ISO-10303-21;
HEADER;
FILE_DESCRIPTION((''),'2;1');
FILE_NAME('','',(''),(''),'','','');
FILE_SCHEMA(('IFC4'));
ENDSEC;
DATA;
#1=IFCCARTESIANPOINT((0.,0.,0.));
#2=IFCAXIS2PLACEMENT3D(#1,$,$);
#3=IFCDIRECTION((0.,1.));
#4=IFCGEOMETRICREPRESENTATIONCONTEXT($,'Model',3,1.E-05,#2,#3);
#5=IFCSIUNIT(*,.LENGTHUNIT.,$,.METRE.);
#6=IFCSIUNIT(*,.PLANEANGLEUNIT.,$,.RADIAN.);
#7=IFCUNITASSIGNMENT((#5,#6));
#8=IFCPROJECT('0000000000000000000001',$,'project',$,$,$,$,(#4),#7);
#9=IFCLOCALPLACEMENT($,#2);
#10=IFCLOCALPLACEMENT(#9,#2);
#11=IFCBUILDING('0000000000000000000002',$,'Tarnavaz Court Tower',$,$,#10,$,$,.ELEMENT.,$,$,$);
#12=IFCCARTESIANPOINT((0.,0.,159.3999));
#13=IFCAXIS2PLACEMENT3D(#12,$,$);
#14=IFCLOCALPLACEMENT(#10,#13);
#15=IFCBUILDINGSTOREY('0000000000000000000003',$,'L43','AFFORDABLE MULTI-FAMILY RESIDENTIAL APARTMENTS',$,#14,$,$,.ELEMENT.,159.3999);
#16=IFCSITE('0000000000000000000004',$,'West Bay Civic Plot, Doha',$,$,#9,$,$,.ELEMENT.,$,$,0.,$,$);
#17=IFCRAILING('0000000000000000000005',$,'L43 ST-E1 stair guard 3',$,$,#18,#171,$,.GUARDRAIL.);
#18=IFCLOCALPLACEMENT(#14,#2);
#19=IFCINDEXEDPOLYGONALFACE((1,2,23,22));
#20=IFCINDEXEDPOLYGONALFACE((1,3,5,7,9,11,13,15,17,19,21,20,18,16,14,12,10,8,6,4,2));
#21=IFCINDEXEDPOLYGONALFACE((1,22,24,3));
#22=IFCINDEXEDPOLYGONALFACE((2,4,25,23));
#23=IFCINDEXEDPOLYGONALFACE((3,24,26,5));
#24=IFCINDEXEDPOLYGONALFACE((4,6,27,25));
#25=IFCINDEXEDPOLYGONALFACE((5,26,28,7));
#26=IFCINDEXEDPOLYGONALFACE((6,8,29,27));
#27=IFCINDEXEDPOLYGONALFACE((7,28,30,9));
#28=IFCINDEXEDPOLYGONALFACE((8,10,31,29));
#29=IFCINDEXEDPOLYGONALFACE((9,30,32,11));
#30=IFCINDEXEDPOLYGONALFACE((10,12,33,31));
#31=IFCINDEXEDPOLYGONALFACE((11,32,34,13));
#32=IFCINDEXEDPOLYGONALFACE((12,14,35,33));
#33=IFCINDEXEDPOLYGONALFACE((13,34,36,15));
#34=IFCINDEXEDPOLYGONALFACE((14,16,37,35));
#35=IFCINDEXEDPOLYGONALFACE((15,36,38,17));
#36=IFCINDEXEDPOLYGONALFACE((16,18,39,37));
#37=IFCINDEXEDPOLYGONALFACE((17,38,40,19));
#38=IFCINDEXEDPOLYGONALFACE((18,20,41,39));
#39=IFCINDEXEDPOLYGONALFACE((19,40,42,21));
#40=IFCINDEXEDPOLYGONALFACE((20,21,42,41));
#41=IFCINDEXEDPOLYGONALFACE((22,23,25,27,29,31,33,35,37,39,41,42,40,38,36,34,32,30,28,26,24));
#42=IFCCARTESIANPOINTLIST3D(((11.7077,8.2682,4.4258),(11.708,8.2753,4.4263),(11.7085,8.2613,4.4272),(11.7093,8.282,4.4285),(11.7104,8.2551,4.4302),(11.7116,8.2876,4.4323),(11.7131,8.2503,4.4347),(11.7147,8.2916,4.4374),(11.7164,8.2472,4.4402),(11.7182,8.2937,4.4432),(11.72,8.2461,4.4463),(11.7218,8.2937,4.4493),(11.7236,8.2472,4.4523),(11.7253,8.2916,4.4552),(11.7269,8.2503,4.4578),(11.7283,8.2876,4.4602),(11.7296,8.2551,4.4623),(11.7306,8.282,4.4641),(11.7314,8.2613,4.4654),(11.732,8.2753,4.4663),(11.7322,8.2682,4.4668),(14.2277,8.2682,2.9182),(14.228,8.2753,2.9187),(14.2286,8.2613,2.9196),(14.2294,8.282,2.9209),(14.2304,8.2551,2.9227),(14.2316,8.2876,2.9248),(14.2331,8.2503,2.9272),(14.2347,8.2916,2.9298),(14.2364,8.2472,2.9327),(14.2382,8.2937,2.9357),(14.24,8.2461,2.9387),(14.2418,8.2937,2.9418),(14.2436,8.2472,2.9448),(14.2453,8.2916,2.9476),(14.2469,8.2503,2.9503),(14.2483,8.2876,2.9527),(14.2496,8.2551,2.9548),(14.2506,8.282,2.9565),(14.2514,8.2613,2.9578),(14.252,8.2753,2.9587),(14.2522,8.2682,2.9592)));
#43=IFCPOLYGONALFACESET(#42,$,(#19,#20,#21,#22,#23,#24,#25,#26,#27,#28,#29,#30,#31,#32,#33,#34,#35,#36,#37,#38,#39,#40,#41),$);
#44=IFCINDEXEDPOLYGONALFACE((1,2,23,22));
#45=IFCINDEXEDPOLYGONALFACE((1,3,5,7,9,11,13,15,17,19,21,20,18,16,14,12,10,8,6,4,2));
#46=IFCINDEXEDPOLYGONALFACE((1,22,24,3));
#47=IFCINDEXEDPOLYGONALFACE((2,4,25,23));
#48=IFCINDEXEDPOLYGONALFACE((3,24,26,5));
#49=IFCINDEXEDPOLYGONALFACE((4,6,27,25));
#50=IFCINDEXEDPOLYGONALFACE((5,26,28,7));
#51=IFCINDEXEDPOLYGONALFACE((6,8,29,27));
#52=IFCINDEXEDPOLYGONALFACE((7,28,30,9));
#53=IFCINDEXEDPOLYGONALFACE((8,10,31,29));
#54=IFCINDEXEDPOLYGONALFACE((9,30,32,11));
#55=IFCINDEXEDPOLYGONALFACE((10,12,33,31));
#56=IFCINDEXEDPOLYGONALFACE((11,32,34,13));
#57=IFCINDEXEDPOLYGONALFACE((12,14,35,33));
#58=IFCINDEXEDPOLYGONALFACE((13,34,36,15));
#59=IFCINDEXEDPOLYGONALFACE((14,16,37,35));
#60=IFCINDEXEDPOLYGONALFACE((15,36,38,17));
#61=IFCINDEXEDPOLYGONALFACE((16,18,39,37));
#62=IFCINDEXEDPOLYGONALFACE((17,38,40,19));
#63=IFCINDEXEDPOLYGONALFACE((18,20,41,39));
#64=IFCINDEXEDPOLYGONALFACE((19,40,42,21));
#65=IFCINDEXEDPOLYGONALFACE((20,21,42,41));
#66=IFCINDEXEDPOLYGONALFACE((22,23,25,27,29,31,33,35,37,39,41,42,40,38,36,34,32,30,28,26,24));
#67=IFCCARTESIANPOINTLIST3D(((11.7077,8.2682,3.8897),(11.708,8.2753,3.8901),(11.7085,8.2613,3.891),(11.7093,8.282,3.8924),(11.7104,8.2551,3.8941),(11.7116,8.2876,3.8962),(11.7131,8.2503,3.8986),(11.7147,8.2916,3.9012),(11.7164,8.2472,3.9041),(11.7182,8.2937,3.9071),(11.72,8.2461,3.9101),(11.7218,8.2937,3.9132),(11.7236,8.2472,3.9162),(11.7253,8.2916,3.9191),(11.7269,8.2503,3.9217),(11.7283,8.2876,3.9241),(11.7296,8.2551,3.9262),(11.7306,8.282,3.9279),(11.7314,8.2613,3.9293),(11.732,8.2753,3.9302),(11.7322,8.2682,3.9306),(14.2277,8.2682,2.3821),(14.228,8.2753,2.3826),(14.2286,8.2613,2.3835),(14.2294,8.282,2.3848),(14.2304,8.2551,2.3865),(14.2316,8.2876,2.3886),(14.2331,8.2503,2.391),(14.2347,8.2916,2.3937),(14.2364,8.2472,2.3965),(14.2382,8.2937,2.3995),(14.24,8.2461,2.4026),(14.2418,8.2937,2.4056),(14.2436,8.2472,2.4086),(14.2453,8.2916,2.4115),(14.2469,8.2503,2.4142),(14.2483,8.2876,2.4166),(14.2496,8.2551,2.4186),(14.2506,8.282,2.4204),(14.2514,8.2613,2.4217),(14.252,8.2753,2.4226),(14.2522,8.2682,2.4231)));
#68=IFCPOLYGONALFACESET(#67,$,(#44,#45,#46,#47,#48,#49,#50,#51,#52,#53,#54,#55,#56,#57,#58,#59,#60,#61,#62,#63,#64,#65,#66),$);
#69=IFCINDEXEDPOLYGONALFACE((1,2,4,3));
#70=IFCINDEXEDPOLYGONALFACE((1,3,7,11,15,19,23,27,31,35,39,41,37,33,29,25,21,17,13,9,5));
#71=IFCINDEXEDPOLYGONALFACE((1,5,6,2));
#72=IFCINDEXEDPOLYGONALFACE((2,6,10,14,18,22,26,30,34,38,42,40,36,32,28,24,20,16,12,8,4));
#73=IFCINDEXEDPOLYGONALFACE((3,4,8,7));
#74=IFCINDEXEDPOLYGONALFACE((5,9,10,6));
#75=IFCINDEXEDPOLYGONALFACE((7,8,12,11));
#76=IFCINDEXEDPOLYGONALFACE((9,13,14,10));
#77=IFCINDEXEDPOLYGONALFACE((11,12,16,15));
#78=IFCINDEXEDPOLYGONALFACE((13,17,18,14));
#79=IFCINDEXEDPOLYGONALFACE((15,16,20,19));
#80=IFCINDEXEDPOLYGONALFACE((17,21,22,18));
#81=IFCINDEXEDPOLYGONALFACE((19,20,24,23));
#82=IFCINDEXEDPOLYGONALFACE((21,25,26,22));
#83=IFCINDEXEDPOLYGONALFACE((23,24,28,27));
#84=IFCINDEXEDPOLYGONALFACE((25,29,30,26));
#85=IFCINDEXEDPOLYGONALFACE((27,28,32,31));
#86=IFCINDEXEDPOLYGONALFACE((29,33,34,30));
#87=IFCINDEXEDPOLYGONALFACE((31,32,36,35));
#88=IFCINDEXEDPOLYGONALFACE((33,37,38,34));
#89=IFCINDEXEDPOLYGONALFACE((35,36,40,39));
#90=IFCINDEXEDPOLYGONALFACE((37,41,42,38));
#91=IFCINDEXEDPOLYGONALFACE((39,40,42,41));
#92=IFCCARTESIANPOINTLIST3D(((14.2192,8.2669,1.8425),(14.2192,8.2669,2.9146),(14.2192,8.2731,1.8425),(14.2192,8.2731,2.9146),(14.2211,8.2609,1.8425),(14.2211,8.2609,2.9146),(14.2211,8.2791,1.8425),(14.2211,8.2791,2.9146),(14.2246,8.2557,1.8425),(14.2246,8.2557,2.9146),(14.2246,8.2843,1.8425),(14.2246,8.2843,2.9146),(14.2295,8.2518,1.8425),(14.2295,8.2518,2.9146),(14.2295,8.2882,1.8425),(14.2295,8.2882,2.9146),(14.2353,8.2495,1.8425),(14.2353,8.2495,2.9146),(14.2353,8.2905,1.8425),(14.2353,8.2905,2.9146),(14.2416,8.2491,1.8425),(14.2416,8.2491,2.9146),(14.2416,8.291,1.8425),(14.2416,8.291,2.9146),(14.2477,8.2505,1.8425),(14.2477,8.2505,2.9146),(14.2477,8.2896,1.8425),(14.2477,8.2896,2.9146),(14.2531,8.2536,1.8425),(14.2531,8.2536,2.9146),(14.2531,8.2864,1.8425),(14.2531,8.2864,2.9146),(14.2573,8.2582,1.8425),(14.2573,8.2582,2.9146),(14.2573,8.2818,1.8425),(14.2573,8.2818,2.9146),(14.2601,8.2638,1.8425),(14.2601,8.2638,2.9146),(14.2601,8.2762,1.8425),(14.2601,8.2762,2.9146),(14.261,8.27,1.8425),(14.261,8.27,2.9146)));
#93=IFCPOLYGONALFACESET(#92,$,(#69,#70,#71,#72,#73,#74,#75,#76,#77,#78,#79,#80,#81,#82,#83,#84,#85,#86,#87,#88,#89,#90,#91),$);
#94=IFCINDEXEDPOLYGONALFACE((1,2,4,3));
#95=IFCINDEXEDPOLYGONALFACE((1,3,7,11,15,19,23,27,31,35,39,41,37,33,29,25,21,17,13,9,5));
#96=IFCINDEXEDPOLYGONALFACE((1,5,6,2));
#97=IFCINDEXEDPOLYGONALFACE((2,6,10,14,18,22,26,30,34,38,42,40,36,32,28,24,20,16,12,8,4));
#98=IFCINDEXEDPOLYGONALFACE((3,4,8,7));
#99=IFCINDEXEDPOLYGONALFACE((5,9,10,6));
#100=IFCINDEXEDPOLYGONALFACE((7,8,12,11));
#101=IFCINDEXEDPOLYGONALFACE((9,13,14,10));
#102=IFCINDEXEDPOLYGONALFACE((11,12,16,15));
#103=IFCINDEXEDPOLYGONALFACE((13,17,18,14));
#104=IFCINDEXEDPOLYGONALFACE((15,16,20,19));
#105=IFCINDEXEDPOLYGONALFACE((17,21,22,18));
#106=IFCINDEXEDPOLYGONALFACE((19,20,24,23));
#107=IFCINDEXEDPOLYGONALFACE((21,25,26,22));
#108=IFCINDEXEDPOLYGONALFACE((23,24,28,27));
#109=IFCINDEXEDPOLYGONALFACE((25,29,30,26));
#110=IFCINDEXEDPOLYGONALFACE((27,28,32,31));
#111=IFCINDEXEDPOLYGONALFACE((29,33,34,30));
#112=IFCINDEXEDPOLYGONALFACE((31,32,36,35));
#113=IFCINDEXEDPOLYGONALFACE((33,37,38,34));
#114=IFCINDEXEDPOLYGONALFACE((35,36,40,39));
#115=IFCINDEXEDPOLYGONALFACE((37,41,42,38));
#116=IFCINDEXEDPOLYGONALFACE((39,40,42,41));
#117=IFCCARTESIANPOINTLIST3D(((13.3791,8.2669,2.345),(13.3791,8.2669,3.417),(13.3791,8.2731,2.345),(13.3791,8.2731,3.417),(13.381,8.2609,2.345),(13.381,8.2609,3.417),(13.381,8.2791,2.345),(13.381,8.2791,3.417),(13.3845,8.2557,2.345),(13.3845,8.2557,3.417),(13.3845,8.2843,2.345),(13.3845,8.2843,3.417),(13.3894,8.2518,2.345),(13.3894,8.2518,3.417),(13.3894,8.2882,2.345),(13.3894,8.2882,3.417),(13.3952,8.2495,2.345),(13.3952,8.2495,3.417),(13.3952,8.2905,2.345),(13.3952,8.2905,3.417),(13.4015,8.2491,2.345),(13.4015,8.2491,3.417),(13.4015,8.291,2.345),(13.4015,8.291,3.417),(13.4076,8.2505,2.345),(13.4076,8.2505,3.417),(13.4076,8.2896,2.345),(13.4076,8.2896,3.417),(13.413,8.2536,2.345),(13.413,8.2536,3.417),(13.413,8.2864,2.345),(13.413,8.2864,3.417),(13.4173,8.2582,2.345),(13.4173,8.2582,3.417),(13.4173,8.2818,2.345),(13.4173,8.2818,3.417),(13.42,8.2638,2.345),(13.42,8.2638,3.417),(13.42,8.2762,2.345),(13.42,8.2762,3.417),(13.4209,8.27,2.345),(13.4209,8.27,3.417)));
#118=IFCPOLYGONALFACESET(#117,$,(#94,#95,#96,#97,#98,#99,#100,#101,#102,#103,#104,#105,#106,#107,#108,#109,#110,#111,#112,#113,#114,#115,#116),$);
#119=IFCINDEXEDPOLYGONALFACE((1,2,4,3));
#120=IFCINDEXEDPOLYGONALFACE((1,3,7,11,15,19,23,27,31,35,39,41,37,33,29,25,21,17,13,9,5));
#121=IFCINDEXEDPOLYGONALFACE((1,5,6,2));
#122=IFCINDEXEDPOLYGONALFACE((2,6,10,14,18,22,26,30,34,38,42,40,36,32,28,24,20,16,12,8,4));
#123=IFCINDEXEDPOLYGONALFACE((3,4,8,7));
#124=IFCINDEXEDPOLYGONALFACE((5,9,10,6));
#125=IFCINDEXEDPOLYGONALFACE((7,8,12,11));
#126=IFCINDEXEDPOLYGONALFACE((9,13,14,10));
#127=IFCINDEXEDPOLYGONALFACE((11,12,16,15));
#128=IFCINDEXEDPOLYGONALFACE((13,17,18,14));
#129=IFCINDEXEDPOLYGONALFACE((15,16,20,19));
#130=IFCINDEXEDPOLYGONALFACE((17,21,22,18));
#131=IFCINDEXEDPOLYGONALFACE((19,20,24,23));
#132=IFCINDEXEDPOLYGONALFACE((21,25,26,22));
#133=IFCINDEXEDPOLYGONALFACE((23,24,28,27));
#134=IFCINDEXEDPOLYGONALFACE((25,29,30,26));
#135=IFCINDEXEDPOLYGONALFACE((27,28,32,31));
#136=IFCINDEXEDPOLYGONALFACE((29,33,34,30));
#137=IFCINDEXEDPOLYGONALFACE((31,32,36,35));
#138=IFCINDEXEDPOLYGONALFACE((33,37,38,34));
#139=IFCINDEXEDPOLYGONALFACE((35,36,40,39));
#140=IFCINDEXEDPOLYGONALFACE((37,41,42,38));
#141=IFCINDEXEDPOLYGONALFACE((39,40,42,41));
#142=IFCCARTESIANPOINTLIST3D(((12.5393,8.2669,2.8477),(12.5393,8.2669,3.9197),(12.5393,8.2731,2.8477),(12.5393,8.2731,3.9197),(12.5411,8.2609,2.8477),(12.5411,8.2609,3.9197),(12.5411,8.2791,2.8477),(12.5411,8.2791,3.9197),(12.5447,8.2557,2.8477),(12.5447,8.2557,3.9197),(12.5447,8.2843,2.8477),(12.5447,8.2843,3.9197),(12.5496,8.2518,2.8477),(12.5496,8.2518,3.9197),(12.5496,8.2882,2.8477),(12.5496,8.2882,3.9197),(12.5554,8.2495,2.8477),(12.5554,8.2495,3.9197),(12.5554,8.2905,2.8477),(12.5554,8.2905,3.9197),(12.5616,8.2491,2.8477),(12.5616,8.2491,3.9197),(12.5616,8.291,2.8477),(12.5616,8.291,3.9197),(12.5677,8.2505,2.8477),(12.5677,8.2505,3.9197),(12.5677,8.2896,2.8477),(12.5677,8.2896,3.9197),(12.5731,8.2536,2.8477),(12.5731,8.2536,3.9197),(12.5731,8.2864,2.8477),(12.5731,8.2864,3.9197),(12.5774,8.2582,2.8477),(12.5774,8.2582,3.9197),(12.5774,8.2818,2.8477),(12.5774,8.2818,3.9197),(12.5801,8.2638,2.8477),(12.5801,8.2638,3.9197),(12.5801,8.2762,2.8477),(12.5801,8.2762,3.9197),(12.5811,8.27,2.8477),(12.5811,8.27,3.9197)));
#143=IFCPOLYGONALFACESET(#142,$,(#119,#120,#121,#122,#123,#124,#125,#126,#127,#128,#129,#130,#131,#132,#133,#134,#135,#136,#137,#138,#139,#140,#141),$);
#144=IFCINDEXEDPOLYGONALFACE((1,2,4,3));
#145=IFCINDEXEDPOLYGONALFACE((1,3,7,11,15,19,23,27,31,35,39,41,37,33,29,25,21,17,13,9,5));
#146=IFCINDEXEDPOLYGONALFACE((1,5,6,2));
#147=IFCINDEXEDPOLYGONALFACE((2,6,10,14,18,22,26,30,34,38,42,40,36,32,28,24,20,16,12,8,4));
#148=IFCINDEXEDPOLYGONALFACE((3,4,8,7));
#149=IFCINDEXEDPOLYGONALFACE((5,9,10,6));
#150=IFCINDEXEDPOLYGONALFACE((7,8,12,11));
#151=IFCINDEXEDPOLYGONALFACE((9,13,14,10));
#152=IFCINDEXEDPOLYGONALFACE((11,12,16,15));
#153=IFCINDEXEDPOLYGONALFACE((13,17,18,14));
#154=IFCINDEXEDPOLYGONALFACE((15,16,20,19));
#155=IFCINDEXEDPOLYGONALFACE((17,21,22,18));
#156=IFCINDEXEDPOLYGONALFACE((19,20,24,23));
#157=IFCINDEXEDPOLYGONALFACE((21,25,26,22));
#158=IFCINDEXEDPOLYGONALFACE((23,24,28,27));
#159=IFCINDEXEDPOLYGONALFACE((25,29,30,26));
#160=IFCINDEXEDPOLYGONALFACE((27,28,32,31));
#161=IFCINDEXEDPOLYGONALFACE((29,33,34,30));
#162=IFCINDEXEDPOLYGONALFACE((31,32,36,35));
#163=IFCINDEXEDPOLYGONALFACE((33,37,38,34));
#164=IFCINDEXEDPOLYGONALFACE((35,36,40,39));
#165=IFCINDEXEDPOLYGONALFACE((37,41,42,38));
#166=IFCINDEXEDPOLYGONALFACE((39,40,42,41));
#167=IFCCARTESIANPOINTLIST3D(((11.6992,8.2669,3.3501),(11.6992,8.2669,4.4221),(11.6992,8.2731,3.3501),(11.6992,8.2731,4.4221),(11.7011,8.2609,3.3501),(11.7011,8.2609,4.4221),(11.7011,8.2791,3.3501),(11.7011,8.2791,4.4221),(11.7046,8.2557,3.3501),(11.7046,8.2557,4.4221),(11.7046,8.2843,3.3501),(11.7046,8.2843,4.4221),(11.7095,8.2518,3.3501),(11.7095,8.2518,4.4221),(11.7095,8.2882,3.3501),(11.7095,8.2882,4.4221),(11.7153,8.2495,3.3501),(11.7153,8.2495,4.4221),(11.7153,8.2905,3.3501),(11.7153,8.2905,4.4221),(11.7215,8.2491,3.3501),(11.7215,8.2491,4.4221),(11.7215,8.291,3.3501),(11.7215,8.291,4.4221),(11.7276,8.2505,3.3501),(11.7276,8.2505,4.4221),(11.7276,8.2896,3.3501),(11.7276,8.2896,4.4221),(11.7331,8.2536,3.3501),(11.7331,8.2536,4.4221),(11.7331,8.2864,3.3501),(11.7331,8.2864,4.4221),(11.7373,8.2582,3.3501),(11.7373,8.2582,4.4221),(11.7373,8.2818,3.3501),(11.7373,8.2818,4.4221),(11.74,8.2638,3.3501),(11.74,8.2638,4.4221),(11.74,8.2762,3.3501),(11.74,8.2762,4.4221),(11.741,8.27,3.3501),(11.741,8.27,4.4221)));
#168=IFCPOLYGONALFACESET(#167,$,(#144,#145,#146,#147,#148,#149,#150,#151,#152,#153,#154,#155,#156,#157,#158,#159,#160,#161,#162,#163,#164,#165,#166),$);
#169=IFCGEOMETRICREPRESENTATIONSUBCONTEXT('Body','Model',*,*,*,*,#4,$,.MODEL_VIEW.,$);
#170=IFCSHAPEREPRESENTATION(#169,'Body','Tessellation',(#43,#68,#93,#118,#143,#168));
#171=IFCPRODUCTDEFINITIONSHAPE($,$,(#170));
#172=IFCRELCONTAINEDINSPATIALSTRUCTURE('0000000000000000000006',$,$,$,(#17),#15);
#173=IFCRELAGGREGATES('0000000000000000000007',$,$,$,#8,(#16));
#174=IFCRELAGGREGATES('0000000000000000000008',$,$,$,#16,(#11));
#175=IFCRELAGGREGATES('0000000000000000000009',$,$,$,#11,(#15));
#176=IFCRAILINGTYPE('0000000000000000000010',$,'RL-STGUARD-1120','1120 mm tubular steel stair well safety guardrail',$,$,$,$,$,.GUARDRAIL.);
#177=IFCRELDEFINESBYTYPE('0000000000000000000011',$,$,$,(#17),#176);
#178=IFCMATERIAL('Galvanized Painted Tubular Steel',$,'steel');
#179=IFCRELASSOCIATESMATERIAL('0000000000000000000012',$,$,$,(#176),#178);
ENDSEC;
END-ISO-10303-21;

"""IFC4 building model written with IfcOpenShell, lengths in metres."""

from ifc_helpers import new_model, si_unit, direction, frame, origin, origin_2d, place, context, subcontext, project, spatial, circle, extrude, material, type_object, element, save


model = new_model("IFC4")

# Units and contexts
model_context = context("Model", 3, precision=1e-05, world=origin(), true_north=direction((0.0, 1.0)))
body_context = subcontext(model_context, "Body", "Model", "MODEL_VIEW")
ifc_project = project(units=[si_unit("LENGTHUNIT", "METRE"), si_unit("PLANEANGLEUNIT", "RADIAN")], contexts=[model_context])

# Site, building, storey
site_placement = place(None, origin())
site = spatial("IfcSite", under=ifc_project, at=site_placement, Name="West Bay Civic Plot, Doha", CompositionType="ELEMENT", RefElevation=0.0)
building_placement = place(site_placement, origin())
building = spatial("IfcBuilding", under=site, at=building_placement, Name="Tarnavaz Court Tower", CompositionType="ELEMENT")
storey_placement = place(building_placement, frame((0.0, 0.0, 159.3999)))
storey = spatial("IfcBuildingStorey", under=building, at=storey_placement, Name="L43", Description="AFFORDABLE MULTI-FAMILY RESIDENTIAL APARTMENTS", CompositionType="ELEMENT", Elevation=159.3999)

# Railing
ifc_material_1 = material(Name="Galvanized Painted Tubular Steel", Category="steel")
railing_type_1 = type_object("IfcRailingType", Name="RL-STGUARD-1120", Description="1120 mm tubular steel stair well safety guardrail", PredefinedType="GUARDRAIL", material=ifc_material_1)
railing_1_placement = place(storey_placement, frame((14.24, 8.27, 1.8425)))
element("IfcRailing", 1, at=railing_1_placement, inside=storey, type_object=railing_type_1, Name="L43 ST-E1 stair guard 3", PredefinedType="GUARDRAIL", context=body_context, shape_type="SweptSolid", body=[
    extrude(circle(Radius=0.0239, at=origin_2d()), frame((0.0, 0.0, 1.0962), z_axis=(-0.85816, 0.0, 0.513383), x_axis=(0.0, -1.0, 0.0)), (0.0, 0.0, 1.0), 2.9365),
    extrude(circle(Radius=0.0239, at=origin_2d()), frame((0.0, 0.0, 0.5601), z_axis=(-0.85816, 0.0, 0.513383), x_axis=(0.0, -1.0, 0.0)), (0.0, 0.0, 1.0), 2.9365),
    extrude(circle(Radius=0.021, at=origin_2d()), origin(), (0.0, 0.0, 1.0), 1.072),
    extrude(circle(Radius=0.021, at=origin_2d()), frame((-0.8401, 0.0, 0.5024)), (0.0, 0.0, 1.0), 1.072),
    extrude(circle(Radius=0.021, at=origin_2d()), frame((-1.6799, 0.0, 1.0051)), (0.0, 0.0, 1.0), 1.072),
    extrude(circle(Radius=0.021, at=origin_2d()), frame((-2.52, 0.0, 1.5076)), (0.0, 0.0, 1.0), 1.072),
])

save(model, "model.ifc")
